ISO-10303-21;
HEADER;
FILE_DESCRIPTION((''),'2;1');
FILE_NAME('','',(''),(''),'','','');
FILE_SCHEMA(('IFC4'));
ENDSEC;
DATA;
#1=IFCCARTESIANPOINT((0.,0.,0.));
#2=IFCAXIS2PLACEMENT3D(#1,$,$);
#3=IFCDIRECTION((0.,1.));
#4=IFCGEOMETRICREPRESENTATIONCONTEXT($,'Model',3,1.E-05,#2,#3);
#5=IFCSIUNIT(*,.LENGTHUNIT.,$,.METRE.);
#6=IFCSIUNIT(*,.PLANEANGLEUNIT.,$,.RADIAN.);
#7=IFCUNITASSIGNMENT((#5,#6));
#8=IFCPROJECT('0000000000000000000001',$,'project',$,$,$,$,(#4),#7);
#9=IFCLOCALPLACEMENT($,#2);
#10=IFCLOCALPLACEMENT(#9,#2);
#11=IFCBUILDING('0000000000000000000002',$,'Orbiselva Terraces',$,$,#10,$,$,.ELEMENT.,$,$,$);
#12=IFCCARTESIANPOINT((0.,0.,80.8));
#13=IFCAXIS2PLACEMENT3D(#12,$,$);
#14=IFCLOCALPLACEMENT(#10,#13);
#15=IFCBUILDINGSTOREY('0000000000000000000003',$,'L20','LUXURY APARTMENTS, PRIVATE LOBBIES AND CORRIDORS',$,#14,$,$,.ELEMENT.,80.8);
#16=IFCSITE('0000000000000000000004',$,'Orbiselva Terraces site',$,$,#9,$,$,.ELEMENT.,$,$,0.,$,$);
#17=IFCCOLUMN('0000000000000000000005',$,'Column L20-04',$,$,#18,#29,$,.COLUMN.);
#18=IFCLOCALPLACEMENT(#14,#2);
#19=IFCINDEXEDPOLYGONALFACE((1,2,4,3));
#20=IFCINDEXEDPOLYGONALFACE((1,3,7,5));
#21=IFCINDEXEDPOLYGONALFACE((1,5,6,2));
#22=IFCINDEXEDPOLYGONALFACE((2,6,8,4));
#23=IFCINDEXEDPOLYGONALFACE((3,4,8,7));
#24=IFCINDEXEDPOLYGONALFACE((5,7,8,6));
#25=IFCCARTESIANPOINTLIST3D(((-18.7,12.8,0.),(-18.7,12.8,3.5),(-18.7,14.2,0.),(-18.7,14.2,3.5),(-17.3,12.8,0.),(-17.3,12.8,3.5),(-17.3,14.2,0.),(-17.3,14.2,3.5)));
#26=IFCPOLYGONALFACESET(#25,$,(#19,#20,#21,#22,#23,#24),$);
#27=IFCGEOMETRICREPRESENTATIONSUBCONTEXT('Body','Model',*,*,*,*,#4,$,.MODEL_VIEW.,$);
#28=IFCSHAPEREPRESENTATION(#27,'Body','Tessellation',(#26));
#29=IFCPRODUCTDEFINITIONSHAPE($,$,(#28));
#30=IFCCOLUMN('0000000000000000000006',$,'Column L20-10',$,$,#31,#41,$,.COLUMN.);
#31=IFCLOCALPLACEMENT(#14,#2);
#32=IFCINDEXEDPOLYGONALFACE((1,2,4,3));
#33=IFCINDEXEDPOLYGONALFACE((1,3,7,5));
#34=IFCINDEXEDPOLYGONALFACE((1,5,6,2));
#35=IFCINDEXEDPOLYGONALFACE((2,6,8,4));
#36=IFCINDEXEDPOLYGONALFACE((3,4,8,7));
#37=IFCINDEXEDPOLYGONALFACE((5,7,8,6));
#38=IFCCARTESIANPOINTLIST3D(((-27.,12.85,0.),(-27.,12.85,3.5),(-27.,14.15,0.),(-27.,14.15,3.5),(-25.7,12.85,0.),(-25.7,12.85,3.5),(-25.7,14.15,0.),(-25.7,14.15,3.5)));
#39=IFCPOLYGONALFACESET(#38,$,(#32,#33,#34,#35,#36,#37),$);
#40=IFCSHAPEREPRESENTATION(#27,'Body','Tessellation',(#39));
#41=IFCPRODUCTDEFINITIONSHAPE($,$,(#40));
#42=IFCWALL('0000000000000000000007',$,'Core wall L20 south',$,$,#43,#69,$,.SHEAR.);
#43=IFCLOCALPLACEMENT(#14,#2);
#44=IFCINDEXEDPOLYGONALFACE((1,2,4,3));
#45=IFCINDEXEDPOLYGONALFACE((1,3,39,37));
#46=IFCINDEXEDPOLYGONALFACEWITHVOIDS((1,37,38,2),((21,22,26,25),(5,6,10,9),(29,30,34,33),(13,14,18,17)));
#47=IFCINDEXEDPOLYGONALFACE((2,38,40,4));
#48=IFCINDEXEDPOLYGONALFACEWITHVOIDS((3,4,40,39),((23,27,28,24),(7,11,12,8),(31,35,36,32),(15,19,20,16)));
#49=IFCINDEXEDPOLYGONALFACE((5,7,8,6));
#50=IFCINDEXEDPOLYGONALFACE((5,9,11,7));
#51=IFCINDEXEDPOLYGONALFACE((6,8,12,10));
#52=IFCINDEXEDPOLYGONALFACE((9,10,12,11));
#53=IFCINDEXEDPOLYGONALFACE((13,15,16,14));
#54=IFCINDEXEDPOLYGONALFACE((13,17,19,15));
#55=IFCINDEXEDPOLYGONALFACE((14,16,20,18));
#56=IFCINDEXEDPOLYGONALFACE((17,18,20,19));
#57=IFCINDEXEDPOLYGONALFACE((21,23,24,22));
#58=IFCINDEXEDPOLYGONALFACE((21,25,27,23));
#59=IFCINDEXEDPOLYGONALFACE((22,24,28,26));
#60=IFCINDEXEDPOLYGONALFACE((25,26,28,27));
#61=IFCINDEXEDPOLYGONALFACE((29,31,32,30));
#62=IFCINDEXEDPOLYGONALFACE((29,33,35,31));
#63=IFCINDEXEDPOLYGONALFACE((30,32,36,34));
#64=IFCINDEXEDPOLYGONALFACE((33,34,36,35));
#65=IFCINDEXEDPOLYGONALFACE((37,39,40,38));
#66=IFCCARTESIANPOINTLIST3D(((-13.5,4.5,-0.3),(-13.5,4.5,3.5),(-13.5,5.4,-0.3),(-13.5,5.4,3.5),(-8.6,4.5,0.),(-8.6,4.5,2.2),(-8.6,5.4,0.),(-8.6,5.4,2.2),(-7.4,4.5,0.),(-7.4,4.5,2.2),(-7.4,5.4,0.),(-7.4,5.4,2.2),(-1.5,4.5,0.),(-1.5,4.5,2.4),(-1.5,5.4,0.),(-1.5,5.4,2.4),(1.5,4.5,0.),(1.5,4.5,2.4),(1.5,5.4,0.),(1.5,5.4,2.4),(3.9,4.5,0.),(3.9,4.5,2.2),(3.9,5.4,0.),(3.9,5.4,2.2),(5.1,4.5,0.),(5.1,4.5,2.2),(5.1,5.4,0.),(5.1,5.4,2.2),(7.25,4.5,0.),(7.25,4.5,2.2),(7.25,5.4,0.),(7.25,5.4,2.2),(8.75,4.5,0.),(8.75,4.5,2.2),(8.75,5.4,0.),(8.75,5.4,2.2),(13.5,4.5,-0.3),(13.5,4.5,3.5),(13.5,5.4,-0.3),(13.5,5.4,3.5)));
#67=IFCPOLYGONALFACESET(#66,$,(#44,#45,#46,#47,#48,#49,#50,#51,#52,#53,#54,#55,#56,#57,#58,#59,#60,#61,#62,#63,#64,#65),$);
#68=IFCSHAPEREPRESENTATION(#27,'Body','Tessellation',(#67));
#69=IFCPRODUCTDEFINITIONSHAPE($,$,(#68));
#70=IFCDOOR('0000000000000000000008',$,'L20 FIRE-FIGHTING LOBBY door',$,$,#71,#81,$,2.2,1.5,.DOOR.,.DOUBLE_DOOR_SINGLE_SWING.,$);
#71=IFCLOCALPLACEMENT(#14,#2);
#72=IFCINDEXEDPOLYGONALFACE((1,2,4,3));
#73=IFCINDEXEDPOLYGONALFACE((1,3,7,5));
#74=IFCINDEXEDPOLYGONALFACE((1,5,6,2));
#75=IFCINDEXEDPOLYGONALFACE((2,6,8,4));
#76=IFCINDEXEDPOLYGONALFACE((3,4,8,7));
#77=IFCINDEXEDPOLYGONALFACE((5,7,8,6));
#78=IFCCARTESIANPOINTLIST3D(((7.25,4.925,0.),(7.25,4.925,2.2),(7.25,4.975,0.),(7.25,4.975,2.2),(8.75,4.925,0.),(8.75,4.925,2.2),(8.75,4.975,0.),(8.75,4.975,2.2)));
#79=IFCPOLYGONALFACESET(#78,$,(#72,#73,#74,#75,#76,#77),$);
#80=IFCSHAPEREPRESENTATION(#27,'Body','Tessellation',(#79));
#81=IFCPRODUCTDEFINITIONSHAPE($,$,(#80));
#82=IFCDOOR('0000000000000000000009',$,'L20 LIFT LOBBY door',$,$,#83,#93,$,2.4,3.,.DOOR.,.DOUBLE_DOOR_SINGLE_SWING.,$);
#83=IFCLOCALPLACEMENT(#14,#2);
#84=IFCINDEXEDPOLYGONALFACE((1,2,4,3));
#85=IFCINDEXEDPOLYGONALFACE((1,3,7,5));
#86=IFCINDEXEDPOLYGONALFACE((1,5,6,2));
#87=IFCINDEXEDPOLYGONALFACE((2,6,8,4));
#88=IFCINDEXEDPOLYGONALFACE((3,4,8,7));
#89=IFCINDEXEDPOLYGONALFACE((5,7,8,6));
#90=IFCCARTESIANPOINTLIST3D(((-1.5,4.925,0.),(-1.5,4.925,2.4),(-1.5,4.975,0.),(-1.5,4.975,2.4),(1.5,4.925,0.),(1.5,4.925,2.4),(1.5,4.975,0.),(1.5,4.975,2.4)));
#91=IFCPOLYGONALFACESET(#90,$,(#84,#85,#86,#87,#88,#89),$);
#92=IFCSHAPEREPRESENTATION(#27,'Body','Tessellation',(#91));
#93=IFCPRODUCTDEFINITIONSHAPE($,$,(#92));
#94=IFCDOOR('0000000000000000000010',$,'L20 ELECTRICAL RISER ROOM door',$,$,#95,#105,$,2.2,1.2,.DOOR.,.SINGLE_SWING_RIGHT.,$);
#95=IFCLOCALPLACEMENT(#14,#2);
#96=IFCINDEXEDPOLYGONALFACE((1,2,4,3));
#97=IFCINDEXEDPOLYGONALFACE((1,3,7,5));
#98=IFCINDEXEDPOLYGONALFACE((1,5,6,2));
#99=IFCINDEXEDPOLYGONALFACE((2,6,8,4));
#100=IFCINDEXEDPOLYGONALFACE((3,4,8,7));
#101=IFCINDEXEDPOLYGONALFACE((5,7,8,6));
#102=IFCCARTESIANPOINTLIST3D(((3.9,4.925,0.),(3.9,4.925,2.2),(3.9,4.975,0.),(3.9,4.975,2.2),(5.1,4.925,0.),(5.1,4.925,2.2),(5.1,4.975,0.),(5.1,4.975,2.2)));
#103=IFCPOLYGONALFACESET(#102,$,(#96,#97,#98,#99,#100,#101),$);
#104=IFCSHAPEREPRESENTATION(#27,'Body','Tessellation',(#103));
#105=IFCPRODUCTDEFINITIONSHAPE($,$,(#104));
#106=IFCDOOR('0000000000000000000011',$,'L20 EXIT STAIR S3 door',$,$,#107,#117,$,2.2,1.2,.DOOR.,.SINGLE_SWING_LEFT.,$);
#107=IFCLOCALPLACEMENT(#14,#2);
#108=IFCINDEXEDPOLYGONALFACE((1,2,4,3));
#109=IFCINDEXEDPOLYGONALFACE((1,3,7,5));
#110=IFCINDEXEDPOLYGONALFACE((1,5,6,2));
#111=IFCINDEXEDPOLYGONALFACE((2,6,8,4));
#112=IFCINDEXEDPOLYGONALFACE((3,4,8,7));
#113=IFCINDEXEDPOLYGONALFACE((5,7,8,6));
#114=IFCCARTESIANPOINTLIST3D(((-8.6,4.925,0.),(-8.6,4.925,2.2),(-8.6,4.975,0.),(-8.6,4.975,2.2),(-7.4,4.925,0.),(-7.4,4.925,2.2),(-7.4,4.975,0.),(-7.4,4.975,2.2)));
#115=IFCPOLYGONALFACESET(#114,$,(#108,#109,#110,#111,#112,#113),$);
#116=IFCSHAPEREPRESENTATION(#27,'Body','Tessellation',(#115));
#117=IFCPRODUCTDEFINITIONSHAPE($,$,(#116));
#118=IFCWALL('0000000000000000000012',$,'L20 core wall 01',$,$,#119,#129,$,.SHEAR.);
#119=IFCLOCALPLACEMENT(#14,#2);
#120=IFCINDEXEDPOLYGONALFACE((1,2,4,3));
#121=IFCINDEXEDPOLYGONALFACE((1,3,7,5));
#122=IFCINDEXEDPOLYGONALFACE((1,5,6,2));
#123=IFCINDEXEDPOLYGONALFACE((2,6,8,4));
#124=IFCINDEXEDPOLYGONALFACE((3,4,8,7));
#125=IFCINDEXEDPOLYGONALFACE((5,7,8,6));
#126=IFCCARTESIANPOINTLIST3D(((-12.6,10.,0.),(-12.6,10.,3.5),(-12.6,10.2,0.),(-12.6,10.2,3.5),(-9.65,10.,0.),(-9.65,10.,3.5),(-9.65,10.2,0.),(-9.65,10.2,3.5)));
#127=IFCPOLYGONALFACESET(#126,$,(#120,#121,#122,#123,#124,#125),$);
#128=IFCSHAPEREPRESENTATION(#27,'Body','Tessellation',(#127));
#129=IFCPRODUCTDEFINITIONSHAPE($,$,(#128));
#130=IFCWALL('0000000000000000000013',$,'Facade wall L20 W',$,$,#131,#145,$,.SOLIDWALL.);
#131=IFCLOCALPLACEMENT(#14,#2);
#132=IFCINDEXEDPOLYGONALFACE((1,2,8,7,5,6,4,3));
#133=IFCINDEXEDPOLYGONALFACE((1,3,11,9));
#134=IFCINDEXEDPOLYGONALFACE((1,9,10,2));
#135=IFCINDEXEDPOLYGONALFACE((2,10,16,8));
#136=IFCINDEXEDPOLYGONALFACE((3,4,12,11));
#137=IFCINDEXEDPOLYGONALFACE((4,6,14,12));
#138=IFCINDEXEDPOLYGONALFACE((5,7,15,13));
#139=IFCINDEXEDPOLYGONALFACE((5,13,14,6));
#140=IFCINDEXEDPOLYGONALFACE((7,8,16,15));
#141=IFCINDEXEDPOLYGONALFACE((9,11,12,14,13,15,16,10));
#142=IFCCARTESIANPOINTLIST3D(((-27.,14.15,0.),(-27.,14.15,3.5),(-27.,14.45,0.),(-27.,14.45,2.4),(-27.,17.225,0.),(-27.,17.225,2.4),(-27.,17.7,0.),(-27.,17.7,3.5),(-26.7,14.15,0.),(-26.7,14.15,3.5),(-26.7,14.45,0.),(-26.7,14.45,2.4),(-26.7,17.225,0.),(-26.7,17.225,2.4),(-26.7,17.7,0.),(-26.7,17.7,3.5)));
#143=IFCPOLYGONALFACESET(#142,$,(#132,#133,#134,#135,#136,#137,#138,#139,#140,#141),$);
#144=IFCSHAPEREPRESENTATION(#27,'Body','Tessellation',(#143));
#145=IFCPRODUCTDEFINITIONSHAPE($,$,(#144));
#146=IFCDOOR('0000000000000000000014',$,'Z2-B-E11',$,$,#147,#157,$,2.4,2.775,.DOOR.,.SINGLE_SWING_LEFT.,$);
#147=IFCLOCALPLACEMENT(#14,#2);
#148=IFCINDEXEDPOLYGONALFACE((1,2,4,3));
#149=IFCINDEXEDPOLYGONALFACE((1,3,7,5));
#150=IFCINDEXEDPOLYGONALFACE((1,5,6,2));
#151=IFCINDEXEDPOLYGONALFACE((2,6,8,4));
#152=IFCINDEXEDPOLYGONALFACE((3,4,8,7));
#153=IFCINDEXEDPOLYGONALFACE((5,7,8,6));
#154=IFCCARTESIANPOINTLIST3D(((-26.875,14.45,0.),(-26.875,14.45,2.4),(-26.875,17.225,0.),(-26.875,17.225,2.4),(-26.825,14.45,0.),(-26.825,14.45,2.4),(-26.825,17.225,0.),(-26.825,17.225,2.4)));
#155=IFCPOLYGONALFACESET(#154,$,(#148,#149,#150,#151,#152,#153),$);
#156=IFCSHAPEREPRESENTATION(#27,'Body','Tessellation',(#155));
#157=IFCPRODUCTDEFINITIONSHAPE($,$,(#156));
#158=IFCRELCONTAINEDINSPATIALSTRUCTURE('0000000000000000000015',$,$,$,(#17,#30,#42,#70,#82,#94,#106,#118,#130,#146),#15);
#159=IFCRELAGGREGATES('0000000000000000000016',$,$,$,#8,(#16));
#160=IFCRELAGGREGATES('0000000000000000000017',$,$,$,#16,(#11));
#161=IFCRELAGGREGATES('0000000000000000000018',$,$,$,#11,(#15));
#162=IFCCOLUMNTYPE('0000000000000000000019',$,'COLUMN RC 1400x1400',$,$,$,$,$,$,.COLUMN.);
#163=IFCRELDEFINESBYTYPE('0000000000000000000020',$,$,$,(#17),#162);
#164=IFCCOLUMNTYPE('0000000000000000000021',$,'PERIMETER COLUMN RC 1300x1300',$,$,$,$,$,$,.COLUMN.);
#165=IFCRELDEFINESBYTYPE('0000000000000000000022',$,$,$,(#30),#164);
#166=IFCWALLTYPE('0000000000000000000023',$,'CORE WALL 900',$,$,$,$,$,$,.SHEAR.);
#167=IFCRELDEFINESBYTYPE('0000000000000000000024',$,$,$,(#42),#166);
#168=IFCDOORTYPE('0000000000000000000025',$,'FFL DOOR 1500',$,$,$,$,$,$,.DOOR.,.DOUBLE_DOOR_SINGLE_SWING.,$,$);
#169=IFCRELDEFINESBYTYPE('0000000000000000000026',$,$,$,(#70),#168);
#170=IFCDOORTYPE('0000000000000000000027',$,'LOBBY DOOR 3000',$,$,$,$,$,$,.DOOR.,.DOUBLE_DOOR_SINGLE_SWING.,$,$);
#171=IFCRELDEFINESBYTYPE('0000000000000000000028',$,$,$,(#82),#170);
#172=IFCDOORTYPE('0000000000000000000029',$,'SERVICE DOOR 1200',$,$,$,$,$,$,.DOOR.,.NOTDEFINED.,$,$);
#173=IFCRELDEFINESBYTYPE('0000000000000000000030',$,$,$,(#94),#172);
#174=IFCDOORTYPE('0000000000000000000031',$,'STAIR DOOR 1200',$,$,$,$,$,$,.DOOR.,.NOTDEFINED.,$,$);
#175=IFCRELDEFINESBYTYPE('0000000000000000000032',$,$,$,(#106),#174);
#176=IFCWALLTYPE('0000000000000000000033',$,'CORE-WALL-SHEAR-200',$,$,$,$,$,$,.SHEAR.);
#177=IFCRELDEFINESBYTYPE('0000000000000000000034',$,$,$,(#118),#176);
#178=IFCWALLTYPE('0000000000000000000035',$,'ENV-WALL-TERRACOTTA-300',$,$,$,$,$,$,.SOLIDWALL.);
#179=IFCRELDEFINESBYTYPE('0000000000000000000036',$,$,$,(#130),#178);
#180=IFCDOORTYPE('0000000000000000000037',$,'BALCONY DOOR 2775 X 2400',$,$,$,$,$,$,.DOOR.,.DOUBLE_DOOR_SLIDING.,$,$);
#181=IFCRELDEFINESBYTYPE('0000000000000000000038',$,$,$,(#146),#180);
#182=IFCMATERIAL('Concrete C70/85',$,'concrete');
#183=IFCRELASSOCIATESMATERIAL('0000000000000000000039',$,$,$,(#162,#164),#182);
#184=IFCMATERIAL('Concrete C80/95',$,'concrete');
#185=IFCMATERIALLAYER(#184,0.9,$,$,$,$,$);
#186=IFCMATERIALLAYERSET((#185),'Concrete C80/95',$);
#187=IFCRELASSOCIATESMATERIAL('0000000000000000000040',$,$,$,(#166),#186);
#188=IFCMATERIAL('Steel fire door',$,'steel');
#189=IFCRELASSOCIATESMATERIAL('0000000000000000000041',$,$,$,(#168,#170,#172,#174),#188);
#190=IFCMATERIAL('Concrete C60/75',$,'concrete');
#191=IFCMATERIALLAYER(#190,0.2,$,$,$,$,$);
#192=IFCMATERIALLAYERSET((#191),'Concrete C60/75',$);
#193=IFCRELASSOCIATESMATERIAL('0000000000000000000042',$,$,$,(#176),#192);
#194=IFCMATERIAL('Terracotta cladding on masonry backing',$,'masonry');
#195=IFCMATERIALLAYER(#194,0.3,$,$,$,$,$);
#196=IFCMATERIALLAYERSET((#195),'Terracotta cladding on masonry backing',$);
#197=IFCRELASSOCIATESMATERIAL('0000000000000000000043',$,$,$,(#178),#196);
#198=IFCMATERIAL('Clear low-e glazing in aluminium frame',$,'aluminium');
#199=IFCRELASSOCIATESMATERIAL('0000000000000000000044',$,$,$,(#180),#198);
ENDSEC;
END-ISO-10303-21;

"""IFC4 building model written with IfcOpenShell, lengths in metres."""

from ifc_helpers import new_model, si_unit, direction, frame, frame_2d, origin, origin_2d, place, context, subcontext, project, spatial, rectangle, extrude, material, layer, layer_set, material_profile, profile_set, type_object, element, fill, save


model = new_model("IFC4")

# Units and contexts
model_context = context("Model", 3, precision=1e-05, world=origin(), true_north=direction((0.0, 1.0)))
body_context = subcontext(model_context, "Body", "Model", "MODEL_VIEW")
ifc_project = project(units=[si_unit("LENGTHUNIT", "METRE"), si_unit("PLANEANGLEUNIT", "RADIAN")], contexts=[model_context])

# Site, building, storey
site_placement = place(None, origin())
site = spatial("IfcSite", under=ifc_project, at=site_placement, Name="Orbiselva Terraces site", CompositionType="ELEMENT", RefElevation=0.0)
building_placement = place(site_placement, origin())
building = spatial("IfcBuilding", under=site, at=building_placement, Name="Orbiselva Terraces", CompositionType="ELEMENT")
storey_placement = place(building_placement, frame((0.0, 0.0, 80.8)))
storey = spatial("IfcBuildingStorey", under=building, at=storey_placement, Name="L20", Description="LUXURY APARTMENTS, PRIVATE LOBBIES AND CORRIDORS", CompositionType="ELEMENT", Elevation=80.8)

# Columns
ifc_material_1 = material(Name="Concrete C70/85", Category="concrete")
ifc_material_profile_1 = material_profile(ifc_material_1, rectangle(XDim=1.4, YDim=1.4, at=origin_2d()), Name="RC 1400x1400")
ifc_profile_set_1 = profile_set([ifc_material_profile_1], Name="Concrete C70/85")
column_type_1 = type_object("IfcColumnType", Name="COLUMN RC 1400x1400", PredefinedType="COLUMN", material=ifc_profile_set_1)
column_1_placement = place(storey_placement, frame((-18.0, 13.5, 0.0), z_axis=(0.0, 0.0, 1.0), x_axis=(1.0, 0.0, 0.0)))
element("IfcColumn", 1, at=column_1_placement, inside=storey, type_object=column_type_1, Name="Column L20-04", PredefinedType="COLUMN", context=body_context, shape_type="SweptSolid", body=[
    extrude(rectangle(XDim=1.4, YDim=1.4, at=origin_2d()), origin(), (0.0, 0.0, 1.0), 3.5),
])
ifc_material_profile_2 = material_profile(ifc_material_1, rectangle(XDim=1.3, YDim=1.3, at=origin_2d()), Name="RC 1300x1300")
ifc_profile_set_2 = profile_set([ifc_material_profile_2], Name="Concrete C70/85")
column_type_2 = type_object("IfcColumnType", Name="PERIMETER COLUMN RC 1300x1300", PredefinedType="COLUMN", material=ifc_profile_set_2)
column_2_placement = place(storey_placement, frame((-26.35, 13.5, 0.0), z_axis=(0.0, 0.0, 1.0), x_axis=(1.0, 0.0, 0.0)))
element("IfcColumn", 2, at=column_2_placement, inside=storey, type_object=column_type_2, Name="Column L20-10", PredefinedType="COLUMN", context=body_context, shape_type="SweptSolid", body=[
    extrude(rectangle(XDim=1.3, YDim=1.3, at=origin_2d()), origin(), (0.0, 0.0, 1.0), 3.5),
])

# Wall, openings, doors
ifc_material_2 = material(Name="Concrete C80/95", Category="concrete")
ifc_layer_1 = layer(ifc_material_2, 0.9)
ifc_layer_set_1 = layer_set([ifc_layer_1], Name="Concrete C80/95")
wall_type_1 = type_object("IfcWallType", Name="CORE WALL 900", PredefinedType="SHEAR", material=ifc_layer_set_1)
wall_1_placement = place(storey_placement, frame((-13.5, 4.95, -0.3), z_axis=(0.0, 0.0, 1.0), x_axis=(1.0, 0.0, 0.0)))
wall_1 = element("IfcWall", 3, at=wall_1_placement, inside=storey, type_object=wall_type_1, Name="Core wall L20 south", PredefinedType="SHEAR", context=body_context, shape_type="SweptSolid", body=[
    extrude(rectangle(XDim=27.0, YDim=0.9, at=frame_2d((13.5, 0.0))), origin(), (0.0, 0.0, 1.0), 3.8),
])
opening_1_placement = place(wall_1_placement, frame((12.0, 0.0, 0.3)))
opening_1 = element("IfcOpeningElement", 4, at=opening_1_placement, cuts=wall_1, PredefinedType="OPENING", context=body_context, shape_type="SweptSolid", body=[
    extrude(rectangle(XDim=3.0, YDim=2.4, at=frame_2d((1.5, 1.2))), frame((0.0, 0.46, 0.0), z_axis=(0.0, -1.0, 0.0), x_axis=(1.0, 0.0, 0.0)), (0.0, 0.0, 1.0), 0.92),
])
opening_2_placement = place(wall_1_placement, frame((4.9, 0.0, 0.3)))
opening_2 = element("IfcOpeningElement", 5, at=opening_2_placement, cuts=wall_1, PredefinedType="OPENING", context=body_context, shape_type="SweptSolid", body=[
    extrude(rectangle(XDim=1.2, YDim=2.2, at=frame_2d((0.6, 1.1))), frame((0.0, 0.46, 0.0), z_axis=(0.0, -1.0, 0.0), x_axis=(1.0, 0.0, 0.0)), (0.0, 0.0, 1.0), 0.92),
])
opening_3_placement = place(wall_1_placement, frame((20.75, 0.0, 0.3)))
opening_3 = element("IfcOpeningElement", 6, at=opening_3_placement, cuts=wall_1, PredefinedType="OPENING", context=body_context, shape_type="SweptSolid", body=[
    extrude(rectangle(XDim=1.5, YDim=2.2, at=frame_2d((0.75, 1.1))), frame((0.0, 0.46, 0.0), z_axis=(0.0, -1.0, 0.0), x_axis=(1.0, 0.0, 0.0)), (0.0, 0.0, 1.0), 0.92),
])
opening_4_placement = place(wall_1_placement, frame((17.4, 0.0, 0.3)))
opening_4 = element("IfcOpeningElement", 7, at=opening_4_placement, cuts=wall_1, PredefinedType="OPENING", context=body_context, shape_type="SweptSolid", body=[
    extrude(rectangle(XDim=1.2, YDim=2.2, at=frame_2d((0.6, 1.1))), frame((0.0, 0.46, 0.0), z_axis=(0.0, -1.0, 0.0), x_axis=(1.0, 0.0, 0.0)), (0.0, 0.0, 1.0), 0.92),
])
ifc_material_3 = material(Name="Steel fire door", Category="steel")
door_type_1 = type_object("IfcDoorType", Name="FFL DOOR 1500", OperationType="DOUBLE_DOOR_SINGLE_SWING", PredefinedType="DOOR", material=ifc_material_3)
door_1_placement = place(opening_3_placement, frame((1.5, 0.0, 0.0), z_axis=(0.0, 0.0, 1.0), x_axis=(-1.0, 0.0, 0.0)))
door_1 = element("IfcDoor", 8, at=door_1_placement, inside=storey, type_object=door_type_1, Name="L20 FIRE-FIGHTING LOBBY door", OperationType="DOUBLE_DOOR_SINGLE_SWING", OverallHeight=2.2, OverallWidth=1.5, PredefinedType="DOOR", context=body_context, shape_type="SweptSolid", body=[
    extrude(rectangle(XDim=1.5, YDim=2.2, at=frame_2d((0.75, 1.1))), frame((0.0, 0.025, 0.0), z_axis=(0.0, -1.0, 0.0), x_axis=(1.0, 0.0, 0.0)), (0.0, 0.0, 1.0), 0.05),
])
fill(opening_3, door_1)
door_type_2 = type_object("IfcDoorType", Name="LOBBY DOOR 3000", OperationType="DOUBLE_DOOR_SINGLE_SWING", PredefinedType="DOOR", material=ifc_material_3)
door_2_placement = place(opening_1_placement, frame((3.0, 0.0, 0.0), z_axis=(0.0, 0.0, 1.0), x_axis=(-1.0, 0.0, 0.0)))
door_2 = element("IfcDoor", 9, at=door_2_placement, inside=storey, type_object=door_type_2, Name="L20 LIFT LOBBY door", OperationType="DOUBLE_DOOR_SINGLE_SWING", OverallHeight=2.4, OverallWidth=3.0, PredefinedType="DOOR", context=body_context, shape_type="SweptSolid", body=[
    extrude(rectangle(XDim=3.0, YDim=2.4, at=frame_2d((1.5, 1.2))), frame((0.0, 0.025, 0.0), z_axis=(0.0, -1.0, 0.0), x_axis=(1.0, 0.0, 0.0)), (0.0, 0.0, 1.0), 0.05),
])
fill(opening_1, door_2)
door_type_3 = type_object("IfcDoorType", Name="SERVICE DOOR 1200", OperationType="NOTDEFINED", PredefinedType="DOOR", material=ifc_material_3)
door_3_placement = place(opening_4_placement, frame((1.2, 0.0, 0.0), z_axis=(0.0, 0.0, 1.0), x_axis=(-1.0, 0.0, 0.0)))
door_3 = element("IfcDoor", 10, at=door_3_placement, inside=storey, type_object=door_type_3, Name="L20 ELECTRICAL RISER ROOM door", OperationType="SINGLE_SWING_RIGHT", OverallHeight=2.2, OverallWidth=1.2, PredefinedType="DOOR", context=body_context, shape_type="SweptSolid", body=[
    extrude(rectangle(XDim=1.2, YDim=2.2, at=frame_2d((0.6, 1.1))), frame((0.0, 0.025, 0.0), z_axis=(0.0, -1.0, 0.0), x_axis=(1.0, 0.0, 0.0)), (0.0, 0.0, 1.0), 0.05),
])
fill(opening_4, door_3)
door_type_4 = type_object("IfcDoorType", Name="STAIR DOOR 1200", OperationType="NOTDEFINED", PredefinedType="DOOR", material=ifc_material_3)
door_4_placement = place(opening_2_placement, frame((1.2, 0.0, 0.0), z_axis=(0.0, 0.0, 1.0), x_axis=(-1.0, 0.0, 0.0)))
door_4 = element("IfcDoor", 11, at=door_4_placement, inside=storey, type_object=door_type_4, Name="L20 EXIT STAIR S3 door", OperationType="SINGLE_SWING_LEFT", OverallHeight=2.2, OverallWidth=1.2, PredefinedType="DOOR", context=body_context, shape_type="SweptSolid", body=[
    extrude(rectangle(XDim=1.2, YDim=2.2, at=frame_2d((0.6, 1.1))), frame((0.0, 0.025, 0.0), z_axis=(0.0, -1.0, 0.0), x_axis=(1.0, 0.0, 0.0)), (0.0, 0.0, 1.0), 0.05),
])
fill(opening_2, door_4)

# Wall
ifc_material_4 = material(Name="Concrete C60/75", Category="concrete")
ifc_layer_2 = layer(ifc_material_4, 0.2)
ifc_layer_set_2 = layer_set([ifc_layer_2], Name="Concrete C60/75")
wall_type_2 = type_object("IfcWallType", Name="CORE-WALL-SHEAR-200", PredefinedType="SHEAR", material=ifc_layer_set_2)
wall_2_placement = place(storey_placement, frame((-12.6, 10.1, 0.0), z_axis=(0.0, 0.0, 1.0), x_axis=(1.0, 0.0, 0.0)))
element("IfcWall", 12, at=wall_2_placement, inside=storey, type_object=wall_type_2, Name="L20 core wall 01", PredefinedType="SHEAR", context=body_context, shape_type="SweptSolid", body=[
    extrude(rectangle(XDim=2.95, YDim=0.2, at=frame_2d((1.475, 0.0))), origin(), (0.0, 0.0, 1.0), 3.5),
])

# Wall, opening, door
ifc_material_5 = material(Name="Terracotta cladding on masonry backing", Category="masonry")
ifc_layer_3 = layer(ifc_material_5, 0.3)
ifc_layer_set_3 = layer_set([ifc_layer_3], Name="Terracotta cladding on masonry backing")
wall_type_3 = type_object("IfcWallType", Name="ENV-WALL-TERRACOTTA-300", PredefinedType="SOLIDWALL", material=ifc_layer_set_3)
wall_3_placement = place(storey_placement, frame((-26.85, 14.15, 0.0), z_axis=(0.0, 0.0, 1.0), x_axis=(0.0, 1.0, 0.0)))
wall_3 = element("IfcWall", 13, at=wall_3_placement, inside=storey, type_object=wall_type_3, Name="Facade wall L20 W", PredefinedType="SOLIDWALL", context=body_context, shape_type="SweptSolid", body=[
    extrude(rectangle(XDim=3.55, YDim=0.3, at=frame_2d((1.775, 0.0))), origin(), (0.0, 0.0, 1.0), 3.5),
])
opening_5_placement = place(wall_3_placement, frame((0.3, 0.0, 0.0)))
opening_5 = element("IfcOpeningElement", 14, at=opening_5_placement, cuts=wall_3, PredefinedType="OPENING", context=body_context, shape_type="SweptSolid", body=[
    extrude(rectangle(XDim=2.775, YDim=2.4, at=frame_2d((1.3875, 1.2))), frame((0.0, 0.16, 0.0), z_axis=(0.0, -1.0, 0.0), x_axis=(1.0, 0.0, 0.0)), (0.0, 0.0, 1.0), 0.32),
])
ifc_material_6 = material(Name="Clear low-e glazing in aluminium frame", Category="aluminium")
door_type_5 = type_object("IfcDoorType", Name="BALCONY DOOR 2775 X 2400", OperationType="DOUBLE_DOOR_SLIDING", PredefinedType="DOOR", material=ifc_material_6)
door_5_placement = place(opening_5_placement, origin())
door_5 = element("IfcDoor", 15, at=door_5_placement, inside=storey, type_object=door_type_5, Name="Z2-B-E11", OperationType="SINGLE_SWING_LEFT", OverallHeight=2.4, OverallWidth=2.775, PredefinedType="DOOR", context=body_context, shape_type="SweptSolid", body=[
    extrude(rectangle(XDim=2.775, YDim=2.4, at=frame_2d((1.3875, 1.2))), frame((0.0, 0.025, 0.0), z_axis=(0.0, -1.0, 0.0), x_axis=(1.0, 0.0, 0.0)), (0.0, 0.0, 1.0), 0.05),
])
fill(opening_5, door_5)

save(model, "model.ifc")
